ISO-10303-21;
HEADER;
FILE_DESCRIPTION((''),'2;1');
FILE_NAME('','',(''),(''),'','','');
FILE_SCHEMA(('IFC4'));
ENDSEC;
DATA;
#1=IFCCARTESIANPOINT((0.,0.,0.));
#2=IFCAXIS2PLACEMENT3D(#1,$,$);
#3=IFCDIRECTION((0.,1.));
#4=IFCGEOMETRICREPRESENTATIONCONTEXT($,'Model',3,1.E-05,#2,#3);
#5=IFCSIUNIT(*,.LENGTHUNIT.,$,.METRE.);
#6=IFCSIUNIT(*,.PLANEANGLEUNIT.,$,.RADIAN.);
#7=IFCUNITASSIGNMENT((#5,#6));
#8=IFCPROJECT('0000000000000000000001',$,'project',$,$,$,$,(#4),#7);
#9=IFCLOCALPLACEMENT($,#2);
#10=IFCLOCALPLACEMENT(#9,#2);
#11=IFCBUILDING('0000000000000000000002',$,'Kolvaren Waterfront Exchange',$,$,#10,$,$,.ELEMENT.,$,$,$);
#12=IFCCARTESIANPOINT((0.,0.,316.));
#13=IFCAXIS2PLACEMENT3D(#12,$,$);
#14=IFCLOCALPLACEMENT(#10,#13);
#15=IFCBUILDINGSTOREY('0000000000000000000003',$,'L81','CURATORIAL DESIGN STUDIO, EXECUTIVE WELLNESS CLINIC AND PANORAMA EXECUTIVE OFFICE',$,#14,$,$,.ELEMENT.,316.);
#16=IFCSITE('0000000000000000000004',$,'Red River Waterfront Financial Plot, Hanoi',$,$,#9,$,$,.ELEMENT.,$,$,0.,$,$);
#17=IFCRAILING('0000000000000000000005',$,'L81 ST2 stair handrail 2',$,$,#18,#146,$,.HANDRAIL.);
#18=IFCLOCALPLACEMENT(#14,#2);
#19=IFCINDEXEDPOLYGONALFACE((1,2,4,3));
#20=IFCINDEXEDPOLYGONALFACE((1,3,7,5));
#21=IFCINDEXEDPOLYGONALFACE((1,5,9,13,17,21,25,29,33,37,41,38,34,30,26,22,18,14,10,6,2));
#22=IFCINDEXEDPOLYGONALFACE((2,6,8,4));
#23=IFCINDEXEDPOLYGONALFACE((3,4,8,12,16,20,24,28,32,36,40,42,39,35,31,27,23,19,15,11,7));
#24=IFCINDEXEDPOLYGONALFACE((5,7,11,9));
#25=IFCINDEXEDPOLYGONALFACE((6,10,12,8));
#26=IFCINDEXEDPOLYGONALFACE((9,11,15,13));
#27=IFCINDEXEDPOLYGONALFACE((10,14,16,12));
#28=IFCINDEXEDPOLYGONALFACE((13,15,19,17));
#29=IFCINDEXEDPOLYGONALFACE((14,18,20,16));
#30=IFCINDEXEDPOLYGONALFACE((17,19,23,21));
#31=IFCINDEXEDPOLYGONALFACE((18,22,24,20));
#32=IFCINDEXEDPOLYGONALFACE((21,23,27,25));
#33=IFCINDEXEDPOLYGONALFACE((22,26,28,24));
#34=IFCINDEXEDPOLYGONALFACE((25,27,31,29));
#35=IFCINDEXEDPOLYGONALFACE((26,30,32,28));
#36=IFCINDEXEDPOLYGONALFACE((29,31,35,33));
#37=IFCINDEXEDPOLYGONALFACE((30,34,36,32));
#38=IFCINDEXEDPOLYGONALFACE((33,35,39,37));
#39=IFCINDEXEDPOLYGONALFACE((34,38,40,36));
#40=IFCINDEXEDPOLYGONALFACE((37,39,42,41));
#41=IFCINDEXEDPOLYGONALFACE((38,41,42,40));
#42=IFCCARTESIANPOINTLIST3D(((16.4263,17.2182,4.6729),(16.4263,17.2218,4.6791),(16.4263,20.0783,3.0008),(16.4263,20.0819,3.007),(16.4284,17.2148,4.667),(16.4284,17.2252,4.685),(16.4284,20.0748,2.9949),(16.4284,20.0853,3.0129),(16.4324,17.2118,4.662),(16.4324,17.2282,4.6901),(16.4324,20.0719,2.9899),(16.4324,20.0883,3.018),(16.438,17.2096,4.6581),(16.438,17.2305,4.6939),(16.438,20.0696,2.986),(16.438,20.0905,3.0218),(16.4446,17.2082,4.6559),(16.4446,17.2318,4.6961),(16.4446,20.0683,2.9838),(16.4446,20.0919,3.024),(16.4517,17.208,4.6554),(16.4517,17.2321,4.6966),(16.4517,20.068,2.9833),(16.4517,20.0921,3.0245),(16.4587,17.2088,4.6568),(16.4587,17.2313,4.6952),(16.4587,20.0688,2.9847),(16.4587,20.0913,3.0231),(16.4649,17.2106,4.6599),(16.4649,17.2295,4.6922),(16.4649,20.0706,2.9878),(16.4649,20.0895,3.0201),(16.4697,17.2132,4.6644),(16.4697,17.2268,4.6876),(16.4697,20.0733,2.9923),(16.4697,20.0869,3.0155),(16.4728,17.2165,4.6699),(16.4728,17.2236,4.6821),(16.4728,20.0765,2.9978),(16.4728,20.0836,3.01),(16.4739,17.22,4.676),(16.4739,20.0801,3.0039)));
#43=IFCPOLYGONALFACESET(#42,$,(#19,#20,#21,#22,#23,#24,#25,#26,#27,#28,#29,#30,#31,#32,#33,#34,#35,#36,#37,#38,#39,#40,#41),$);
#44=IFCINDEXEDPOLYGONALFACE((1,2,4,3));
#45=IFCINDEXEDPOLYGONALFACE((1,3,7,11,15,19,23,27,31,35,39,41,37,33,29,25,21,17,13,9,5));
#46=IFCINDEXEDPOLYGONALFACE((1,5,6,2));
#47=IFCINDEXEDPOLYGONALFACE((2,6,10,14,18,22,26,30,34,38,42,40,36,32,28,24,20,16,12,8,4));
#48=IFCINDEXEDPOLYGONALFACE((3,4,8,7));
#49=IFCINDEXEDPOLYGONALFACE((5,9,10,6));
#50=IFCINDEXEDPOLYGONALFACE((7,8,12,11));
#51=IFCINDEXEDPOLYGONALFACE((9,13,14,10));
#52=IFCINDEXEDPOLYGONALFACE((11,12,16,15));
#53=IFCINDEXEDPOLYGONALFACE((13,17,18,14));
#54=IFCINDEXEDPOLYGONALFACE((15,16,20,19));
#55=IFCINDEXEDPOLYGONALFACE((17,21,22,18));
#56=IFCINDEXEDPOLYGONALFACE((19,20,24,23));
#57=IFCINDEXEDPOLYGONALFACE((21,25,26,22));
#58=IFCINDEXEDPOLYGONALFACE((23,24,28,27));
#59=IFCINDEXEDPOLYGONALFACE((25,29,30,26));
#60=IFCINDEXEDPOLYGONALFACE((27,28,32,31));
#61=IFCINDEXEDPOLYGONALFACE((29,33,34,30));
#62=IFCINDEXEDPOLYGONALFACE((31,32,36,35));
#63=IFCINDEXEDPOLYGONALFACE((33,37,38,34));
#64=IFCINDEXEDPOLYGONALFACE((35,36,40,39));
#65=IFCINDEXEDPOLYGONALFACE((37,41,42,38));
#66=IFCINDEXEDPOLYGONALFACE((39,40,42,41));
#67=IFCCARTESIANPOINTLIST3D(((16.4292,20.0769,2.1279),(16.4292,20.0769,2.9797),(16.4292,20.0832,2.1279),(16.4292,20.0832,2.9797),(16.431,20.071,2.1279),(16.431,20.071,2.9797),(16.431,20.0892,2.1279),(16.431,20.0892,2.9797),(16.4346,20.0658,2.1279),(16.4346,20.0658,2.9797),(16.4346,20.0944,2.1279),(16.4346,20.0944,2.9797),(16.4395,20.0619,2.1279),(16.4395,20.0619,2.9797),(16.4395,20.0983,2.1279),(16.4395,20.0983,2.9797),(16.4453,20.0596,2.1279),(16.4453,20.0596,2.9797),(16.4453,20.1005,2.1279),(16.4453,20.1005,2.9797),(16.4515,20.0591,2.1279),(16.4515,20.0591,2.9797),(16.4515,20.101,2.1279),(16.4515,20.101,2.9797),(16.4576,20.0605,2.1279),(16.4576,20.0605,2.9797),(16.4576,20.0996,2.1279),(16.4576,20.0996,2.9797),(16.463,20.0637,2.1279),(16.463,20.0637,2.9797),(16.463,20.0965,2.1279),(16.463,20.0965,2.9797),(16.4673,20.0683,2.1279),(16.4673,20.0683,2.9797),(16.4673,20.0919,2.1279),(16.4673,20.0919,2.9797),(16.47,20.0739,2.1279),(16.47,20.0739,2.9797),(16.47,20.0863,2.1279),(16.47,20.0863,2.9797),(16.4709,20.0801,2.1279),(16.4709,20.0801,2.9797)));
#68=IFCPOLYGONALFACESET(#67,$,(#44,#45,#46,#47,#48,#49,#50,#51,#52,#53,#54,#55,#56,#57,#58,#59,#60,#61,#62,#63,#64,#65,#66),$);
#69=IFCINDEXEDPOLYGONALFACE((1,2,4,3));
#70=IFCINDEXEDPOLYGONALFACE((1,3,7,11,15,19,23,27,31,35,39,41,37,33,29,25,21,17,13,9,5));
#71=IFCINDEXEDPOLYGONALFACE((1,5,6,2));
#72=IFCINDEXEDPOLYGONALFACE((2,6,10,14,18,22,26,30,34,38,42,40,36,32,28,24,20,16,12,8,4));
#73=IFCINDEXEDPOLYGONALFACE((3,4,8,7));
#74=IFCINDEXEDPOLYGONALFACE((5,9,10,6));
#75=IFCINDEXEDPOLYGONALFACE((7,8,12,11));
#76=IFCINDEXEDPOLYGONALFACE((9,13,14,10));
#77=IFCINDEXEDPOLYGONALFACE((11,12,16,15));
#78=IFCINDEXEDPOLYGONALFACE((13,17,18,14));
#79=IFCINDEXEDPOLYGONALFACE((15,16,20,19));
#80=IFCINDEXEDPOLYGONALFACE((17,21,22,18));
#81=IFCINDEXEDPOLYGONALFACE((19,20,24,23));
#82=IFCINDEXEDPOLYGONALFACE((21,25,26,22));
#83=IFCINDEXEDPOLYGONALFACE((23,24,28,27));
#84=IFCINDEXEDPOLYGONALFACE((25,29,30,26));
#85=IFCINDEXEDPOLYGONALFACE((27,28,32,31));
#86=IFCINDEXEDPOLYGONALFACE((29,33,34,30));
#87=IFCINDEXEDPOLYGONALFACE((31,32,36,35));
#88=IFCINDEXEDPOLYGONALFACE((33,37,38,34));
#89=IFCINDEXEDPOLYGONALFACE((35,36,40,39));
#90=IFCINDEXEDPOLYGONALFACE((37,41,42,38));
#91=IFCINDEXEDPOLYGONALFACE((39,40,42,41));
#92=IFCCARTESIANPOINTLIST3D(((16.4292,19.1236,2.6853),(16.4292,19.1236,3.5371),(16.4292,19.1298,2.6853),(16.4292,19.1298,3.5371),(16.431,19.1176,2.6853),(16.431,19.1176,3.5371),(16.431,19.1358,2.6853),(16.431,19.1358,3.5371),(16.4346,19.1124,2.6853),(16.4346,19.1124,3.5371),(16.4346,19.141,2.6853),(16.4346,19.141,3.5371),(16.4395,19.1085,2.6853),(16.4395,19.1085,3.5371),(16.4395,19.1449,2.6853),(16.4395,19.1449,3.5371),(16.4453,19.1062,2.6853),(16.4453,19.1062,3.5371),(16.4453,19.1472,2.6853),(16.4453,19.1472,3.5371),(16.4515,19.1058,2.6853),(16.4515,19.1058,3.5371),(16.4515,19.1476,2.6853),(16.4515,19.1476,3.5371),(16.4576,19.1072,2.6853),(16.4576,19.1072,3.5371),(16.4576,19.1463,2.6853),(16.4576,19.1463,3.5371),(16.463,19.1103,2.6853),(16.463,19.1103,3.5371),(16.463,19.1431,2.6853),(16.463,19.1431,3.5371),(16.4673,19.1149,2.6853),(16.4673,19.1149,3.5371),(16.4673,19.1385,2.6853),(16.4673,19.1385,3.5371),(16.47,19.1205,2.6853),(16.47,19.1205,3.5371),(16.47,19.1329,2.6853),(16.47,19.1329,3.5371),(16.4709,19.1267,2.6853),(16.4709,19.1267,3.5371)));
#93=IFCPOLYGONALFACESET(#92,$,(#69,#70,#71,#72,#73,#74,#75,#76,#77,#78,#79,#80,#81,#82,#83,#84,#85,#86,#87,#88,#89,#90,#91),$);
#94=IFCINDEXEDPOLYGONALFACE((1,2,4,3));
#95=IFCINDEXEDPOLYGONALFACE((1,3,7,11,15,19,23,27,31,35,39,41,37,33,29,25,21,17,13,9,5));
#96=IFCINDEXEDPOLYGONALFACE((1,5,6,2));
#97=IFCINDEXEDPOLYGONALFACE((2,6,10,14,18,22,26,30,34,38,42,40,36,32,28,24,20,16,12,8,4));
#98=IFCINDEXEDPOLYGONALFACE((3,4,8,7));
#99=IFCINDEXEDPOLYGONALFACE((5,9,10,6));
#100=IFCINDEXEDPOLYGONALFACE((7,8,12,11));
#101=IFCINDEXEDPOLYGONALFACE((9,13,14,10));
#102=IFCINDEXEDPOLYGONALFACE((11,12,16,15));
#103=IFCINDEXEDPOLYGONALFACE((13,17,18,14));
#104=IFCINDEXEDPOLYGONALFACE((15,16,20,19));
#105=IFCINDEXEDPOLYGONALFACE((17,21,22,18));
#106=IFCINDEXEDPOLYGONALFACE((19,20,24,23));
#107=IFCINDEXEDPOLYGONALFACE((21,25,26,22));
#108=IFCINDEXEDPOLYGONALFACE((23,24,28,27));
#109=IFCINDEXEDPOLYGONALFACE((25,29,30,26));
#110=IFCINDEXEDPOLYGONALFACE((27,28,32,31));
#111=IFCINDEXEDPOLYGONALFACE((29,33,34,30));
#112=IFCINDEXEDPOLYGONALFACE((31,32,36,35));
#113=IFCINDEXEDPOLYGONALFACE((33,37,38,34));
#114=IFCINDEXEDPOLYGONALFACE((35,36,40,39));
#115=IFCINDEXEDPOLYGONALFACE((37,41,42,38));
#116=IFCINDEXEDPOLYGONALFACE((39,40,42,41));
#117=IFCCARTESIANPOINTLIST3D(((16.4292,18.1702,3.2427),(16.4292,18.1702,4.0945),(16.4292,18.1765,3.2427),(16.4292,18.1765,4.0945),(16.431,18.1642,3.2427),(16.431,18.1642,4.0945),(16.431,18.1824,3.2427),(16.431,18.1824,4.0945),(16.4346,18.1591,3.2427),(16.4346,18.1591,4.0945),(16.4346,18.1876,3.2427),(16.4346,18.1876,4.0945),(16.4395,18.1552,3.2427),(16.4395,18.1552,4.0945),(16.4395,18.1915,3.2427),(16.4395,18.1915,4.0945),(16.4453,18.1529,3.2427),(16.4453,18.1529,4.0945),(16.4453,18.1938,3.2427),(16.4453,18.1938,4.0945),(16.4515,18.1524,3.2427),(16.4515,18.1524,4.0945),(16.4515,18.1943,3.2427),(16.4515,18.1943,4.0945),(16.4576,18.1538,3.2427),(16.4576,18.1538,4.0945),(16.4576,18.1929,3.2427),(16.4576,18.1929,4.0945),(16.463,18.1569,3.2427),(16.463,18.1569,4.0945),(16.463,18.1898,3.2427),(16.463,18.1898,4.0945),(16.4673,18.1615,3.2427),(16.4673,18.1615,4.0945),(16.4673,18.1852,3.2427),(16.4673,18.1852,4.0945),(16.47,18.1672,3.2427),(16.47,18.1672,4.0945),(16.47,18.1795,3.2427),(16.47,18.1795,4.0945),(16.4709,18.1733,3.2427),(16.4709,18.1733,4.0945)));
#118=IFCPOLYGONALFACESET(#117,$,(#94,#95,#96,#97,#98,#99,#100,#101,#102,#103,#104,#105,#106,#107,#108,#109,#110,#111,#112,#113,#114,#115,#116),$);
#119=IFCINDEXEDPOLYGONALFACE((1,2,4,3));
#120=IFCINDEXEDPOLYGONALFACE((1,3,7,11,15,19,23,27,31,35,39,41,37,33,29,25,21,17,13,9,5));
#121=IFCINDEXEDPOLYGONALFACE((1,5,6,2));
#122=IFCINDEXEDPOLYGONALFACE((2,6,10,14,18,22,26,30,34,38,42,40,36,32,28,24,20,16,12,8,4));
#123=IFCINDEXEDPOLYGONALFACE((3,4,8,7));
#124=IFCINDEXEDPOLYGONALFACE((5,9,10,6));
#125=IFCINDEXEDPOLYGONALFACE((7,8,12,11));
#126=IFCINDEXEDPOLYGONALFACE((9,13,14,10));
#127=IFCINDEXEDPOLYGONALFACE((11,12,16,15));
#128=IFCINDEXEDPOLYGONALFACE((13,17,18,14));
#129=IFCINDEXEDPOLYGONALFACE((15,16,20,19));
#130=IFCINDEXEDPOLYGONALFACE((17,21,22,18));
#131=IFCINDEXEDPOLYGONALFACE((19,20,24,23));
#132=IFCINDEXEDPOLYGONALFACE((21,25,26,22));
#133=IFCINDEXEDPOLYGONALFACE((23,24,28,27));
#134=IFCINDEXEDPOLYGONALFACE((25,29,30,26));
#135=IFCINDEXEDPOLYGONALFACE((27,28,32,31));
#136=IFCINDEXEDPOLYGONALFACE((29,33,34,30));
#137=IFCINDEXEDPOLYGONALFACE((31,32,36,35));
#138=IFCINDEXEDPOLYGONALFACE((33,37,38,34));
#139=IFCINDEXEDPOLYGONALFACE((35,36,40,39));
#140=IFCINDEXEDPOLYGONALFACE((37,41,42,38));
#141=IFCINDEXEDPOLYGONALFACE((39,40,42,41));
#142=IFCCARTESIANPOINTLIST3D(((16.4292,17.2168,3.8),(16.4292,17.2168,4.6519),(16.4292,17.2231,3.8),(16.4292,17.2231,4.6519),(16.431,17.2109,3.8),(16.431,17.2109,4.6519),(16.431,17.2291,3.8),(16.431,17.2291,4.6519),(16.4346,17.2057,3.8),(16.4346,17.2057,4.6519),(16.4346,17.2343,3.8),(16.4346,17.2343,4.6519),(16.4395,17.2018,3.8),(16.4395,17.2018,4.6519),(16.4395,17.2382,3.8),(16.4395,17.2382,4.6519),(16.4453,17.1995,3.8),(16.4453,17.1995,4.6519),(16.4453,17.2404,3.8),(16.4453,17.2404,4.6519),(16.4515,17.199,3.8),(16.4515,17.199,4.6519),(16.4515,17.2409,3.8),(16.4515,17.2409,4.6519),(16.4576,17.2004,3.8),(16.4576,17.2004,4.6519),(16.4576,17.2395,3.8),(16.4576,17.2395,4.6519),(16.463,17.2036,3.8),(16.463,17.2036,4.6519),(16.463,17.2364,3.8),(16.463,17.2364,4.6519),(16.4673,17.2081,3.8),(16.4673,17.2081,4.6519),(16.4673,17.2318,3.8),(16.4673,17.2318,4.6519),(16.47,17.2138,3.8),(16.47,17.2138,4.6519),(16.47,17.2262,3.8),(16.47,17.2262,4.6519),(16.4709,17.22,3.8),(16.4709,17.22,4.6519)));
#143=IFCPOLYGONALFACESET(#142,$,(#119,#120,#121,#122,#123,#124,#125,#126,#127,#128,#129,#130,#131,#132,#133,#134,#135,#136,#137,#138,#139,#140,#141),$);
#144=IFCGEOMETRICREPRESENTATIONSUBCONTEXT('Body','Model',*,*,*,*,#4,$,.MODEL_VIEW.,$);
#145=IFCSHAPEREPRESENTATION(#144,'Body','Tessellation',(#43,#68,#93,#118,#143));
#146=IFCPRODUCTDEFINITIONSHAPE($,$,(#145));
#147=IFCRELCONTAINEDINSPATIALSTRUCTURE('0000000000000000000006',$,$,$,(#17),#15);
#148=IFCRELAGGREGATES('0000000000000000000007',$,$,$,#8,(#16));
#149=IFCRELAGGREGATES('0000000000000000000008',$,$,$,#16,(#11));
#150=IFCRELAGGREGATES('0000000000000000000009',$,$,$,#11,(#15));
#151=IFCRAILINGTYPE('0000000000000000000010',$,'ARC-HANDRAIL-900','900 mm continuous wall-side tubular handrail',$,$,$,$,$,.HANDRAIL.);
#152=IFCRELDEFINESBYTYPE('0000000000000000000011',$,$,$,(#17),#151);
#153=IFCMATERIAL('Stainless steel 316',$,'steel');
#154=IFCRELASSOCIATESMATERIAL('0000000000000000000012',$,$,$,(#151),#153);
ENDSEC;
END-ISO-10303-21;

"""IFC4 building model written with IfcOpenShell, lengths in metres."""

from ifc_helpers import new_model, si_unit, direction, frame, origin, origin_2d, place, context, subcontext, project, spatial, circle, extrude, material, type_object, element, save


model = new_model("IFC4")

# Units and contexts
model_context = context("Model", 3, precision=1e-05, world=origin(), true_north=direction((0.0, 1.0)))
body_context = subcontext(model_context, "Body", "Model", "MODEL_VIEW")
ifc_project = project(units=[si_unit("LENGTHUNIT", "METRE"), si_unit("PLANEANGLEUNIT", "RADIAN")], contexts=[model_context])

# Site, building, storey
site_placement = place(None, origin())
site = spatial("IfcSite", under=ifc_project, at=site_placement, Name="Red River Waterfront Financial Plot, Hanoi", CompositionType="ELEMENT", RefElevation=0.0)
building_placement = place(site_placement, origin())
building = spatial("IfcBuilding", under=site, at=building_placement, Name="Kolvaren Waterfront Exchange", CompositionType="ELEMENT")
storey_placement = place(building_placement, frame((0.0, 0.0, 316.0)))
storey = spatial("IfcBuildingStorey", under=building, at=storey_placement, Name="L81", Description="CURATORIAL DESIGN STUDIO, EXECUTIVE WELLNESS CLINIC AND PANORAMA EXECUTIVE OFFICE", CompositionType="ELEMENT", Elevation=316.0)

# Railing
ifc_material_1 = material(Name="Stainless steel 316", Category="steel")
railing_type = type_object("IfcRailingType", Name="ARC-HANDRAIL-900", Description="900 mm continuous wall-side tubular handrail", PredefinedType="HANDRAIL", material=ifc_material_1)
railing_placement = place(storey_placement, frame((16.45, 20.0801, 2.1279)))
element("IfcRailing", 1, at=railing_placement, inside=storey, type_object=railing_type, Name="L81 ST2 stair handrail 2", PredefinedType="HANDRAIL", context=body_context, shape_type="SweptSolid", body=[
    extrude(circle(Radius=0.0239, at=origin_2d()), frame((0.0, 0.0, 0.876), z_axis=(0.0, -0.863289, 0.504709), x_axis=(1.0, 0.0, 0.0)), (0.0, 0.0, 1.0), 3.313),
    extrude(circle(Radius=0.021, at=origin_2d()), origin(), (0.0, 0.0, 1.0), 0.8518),
    extrude(circle(Radius=0.021, at=origin_2d()), frame((0.0, -0.9534, 0.5574)), (0.0, 0.0, 1.0), 0.8518),
    extrude(circle(Radius=0.021, at=origin_2d()), frame((0.0, -1.9067, 1.1147)), (0.0, 0.0, 1.0), 0.8518),
    extrude(circle(Radius=0.021, at=origin_2d()), frame((0.0, -2.8601, 1.6721)), (0.0, 0.0, 1.0), 0.8518),
])

save(model, "model.ifc")
